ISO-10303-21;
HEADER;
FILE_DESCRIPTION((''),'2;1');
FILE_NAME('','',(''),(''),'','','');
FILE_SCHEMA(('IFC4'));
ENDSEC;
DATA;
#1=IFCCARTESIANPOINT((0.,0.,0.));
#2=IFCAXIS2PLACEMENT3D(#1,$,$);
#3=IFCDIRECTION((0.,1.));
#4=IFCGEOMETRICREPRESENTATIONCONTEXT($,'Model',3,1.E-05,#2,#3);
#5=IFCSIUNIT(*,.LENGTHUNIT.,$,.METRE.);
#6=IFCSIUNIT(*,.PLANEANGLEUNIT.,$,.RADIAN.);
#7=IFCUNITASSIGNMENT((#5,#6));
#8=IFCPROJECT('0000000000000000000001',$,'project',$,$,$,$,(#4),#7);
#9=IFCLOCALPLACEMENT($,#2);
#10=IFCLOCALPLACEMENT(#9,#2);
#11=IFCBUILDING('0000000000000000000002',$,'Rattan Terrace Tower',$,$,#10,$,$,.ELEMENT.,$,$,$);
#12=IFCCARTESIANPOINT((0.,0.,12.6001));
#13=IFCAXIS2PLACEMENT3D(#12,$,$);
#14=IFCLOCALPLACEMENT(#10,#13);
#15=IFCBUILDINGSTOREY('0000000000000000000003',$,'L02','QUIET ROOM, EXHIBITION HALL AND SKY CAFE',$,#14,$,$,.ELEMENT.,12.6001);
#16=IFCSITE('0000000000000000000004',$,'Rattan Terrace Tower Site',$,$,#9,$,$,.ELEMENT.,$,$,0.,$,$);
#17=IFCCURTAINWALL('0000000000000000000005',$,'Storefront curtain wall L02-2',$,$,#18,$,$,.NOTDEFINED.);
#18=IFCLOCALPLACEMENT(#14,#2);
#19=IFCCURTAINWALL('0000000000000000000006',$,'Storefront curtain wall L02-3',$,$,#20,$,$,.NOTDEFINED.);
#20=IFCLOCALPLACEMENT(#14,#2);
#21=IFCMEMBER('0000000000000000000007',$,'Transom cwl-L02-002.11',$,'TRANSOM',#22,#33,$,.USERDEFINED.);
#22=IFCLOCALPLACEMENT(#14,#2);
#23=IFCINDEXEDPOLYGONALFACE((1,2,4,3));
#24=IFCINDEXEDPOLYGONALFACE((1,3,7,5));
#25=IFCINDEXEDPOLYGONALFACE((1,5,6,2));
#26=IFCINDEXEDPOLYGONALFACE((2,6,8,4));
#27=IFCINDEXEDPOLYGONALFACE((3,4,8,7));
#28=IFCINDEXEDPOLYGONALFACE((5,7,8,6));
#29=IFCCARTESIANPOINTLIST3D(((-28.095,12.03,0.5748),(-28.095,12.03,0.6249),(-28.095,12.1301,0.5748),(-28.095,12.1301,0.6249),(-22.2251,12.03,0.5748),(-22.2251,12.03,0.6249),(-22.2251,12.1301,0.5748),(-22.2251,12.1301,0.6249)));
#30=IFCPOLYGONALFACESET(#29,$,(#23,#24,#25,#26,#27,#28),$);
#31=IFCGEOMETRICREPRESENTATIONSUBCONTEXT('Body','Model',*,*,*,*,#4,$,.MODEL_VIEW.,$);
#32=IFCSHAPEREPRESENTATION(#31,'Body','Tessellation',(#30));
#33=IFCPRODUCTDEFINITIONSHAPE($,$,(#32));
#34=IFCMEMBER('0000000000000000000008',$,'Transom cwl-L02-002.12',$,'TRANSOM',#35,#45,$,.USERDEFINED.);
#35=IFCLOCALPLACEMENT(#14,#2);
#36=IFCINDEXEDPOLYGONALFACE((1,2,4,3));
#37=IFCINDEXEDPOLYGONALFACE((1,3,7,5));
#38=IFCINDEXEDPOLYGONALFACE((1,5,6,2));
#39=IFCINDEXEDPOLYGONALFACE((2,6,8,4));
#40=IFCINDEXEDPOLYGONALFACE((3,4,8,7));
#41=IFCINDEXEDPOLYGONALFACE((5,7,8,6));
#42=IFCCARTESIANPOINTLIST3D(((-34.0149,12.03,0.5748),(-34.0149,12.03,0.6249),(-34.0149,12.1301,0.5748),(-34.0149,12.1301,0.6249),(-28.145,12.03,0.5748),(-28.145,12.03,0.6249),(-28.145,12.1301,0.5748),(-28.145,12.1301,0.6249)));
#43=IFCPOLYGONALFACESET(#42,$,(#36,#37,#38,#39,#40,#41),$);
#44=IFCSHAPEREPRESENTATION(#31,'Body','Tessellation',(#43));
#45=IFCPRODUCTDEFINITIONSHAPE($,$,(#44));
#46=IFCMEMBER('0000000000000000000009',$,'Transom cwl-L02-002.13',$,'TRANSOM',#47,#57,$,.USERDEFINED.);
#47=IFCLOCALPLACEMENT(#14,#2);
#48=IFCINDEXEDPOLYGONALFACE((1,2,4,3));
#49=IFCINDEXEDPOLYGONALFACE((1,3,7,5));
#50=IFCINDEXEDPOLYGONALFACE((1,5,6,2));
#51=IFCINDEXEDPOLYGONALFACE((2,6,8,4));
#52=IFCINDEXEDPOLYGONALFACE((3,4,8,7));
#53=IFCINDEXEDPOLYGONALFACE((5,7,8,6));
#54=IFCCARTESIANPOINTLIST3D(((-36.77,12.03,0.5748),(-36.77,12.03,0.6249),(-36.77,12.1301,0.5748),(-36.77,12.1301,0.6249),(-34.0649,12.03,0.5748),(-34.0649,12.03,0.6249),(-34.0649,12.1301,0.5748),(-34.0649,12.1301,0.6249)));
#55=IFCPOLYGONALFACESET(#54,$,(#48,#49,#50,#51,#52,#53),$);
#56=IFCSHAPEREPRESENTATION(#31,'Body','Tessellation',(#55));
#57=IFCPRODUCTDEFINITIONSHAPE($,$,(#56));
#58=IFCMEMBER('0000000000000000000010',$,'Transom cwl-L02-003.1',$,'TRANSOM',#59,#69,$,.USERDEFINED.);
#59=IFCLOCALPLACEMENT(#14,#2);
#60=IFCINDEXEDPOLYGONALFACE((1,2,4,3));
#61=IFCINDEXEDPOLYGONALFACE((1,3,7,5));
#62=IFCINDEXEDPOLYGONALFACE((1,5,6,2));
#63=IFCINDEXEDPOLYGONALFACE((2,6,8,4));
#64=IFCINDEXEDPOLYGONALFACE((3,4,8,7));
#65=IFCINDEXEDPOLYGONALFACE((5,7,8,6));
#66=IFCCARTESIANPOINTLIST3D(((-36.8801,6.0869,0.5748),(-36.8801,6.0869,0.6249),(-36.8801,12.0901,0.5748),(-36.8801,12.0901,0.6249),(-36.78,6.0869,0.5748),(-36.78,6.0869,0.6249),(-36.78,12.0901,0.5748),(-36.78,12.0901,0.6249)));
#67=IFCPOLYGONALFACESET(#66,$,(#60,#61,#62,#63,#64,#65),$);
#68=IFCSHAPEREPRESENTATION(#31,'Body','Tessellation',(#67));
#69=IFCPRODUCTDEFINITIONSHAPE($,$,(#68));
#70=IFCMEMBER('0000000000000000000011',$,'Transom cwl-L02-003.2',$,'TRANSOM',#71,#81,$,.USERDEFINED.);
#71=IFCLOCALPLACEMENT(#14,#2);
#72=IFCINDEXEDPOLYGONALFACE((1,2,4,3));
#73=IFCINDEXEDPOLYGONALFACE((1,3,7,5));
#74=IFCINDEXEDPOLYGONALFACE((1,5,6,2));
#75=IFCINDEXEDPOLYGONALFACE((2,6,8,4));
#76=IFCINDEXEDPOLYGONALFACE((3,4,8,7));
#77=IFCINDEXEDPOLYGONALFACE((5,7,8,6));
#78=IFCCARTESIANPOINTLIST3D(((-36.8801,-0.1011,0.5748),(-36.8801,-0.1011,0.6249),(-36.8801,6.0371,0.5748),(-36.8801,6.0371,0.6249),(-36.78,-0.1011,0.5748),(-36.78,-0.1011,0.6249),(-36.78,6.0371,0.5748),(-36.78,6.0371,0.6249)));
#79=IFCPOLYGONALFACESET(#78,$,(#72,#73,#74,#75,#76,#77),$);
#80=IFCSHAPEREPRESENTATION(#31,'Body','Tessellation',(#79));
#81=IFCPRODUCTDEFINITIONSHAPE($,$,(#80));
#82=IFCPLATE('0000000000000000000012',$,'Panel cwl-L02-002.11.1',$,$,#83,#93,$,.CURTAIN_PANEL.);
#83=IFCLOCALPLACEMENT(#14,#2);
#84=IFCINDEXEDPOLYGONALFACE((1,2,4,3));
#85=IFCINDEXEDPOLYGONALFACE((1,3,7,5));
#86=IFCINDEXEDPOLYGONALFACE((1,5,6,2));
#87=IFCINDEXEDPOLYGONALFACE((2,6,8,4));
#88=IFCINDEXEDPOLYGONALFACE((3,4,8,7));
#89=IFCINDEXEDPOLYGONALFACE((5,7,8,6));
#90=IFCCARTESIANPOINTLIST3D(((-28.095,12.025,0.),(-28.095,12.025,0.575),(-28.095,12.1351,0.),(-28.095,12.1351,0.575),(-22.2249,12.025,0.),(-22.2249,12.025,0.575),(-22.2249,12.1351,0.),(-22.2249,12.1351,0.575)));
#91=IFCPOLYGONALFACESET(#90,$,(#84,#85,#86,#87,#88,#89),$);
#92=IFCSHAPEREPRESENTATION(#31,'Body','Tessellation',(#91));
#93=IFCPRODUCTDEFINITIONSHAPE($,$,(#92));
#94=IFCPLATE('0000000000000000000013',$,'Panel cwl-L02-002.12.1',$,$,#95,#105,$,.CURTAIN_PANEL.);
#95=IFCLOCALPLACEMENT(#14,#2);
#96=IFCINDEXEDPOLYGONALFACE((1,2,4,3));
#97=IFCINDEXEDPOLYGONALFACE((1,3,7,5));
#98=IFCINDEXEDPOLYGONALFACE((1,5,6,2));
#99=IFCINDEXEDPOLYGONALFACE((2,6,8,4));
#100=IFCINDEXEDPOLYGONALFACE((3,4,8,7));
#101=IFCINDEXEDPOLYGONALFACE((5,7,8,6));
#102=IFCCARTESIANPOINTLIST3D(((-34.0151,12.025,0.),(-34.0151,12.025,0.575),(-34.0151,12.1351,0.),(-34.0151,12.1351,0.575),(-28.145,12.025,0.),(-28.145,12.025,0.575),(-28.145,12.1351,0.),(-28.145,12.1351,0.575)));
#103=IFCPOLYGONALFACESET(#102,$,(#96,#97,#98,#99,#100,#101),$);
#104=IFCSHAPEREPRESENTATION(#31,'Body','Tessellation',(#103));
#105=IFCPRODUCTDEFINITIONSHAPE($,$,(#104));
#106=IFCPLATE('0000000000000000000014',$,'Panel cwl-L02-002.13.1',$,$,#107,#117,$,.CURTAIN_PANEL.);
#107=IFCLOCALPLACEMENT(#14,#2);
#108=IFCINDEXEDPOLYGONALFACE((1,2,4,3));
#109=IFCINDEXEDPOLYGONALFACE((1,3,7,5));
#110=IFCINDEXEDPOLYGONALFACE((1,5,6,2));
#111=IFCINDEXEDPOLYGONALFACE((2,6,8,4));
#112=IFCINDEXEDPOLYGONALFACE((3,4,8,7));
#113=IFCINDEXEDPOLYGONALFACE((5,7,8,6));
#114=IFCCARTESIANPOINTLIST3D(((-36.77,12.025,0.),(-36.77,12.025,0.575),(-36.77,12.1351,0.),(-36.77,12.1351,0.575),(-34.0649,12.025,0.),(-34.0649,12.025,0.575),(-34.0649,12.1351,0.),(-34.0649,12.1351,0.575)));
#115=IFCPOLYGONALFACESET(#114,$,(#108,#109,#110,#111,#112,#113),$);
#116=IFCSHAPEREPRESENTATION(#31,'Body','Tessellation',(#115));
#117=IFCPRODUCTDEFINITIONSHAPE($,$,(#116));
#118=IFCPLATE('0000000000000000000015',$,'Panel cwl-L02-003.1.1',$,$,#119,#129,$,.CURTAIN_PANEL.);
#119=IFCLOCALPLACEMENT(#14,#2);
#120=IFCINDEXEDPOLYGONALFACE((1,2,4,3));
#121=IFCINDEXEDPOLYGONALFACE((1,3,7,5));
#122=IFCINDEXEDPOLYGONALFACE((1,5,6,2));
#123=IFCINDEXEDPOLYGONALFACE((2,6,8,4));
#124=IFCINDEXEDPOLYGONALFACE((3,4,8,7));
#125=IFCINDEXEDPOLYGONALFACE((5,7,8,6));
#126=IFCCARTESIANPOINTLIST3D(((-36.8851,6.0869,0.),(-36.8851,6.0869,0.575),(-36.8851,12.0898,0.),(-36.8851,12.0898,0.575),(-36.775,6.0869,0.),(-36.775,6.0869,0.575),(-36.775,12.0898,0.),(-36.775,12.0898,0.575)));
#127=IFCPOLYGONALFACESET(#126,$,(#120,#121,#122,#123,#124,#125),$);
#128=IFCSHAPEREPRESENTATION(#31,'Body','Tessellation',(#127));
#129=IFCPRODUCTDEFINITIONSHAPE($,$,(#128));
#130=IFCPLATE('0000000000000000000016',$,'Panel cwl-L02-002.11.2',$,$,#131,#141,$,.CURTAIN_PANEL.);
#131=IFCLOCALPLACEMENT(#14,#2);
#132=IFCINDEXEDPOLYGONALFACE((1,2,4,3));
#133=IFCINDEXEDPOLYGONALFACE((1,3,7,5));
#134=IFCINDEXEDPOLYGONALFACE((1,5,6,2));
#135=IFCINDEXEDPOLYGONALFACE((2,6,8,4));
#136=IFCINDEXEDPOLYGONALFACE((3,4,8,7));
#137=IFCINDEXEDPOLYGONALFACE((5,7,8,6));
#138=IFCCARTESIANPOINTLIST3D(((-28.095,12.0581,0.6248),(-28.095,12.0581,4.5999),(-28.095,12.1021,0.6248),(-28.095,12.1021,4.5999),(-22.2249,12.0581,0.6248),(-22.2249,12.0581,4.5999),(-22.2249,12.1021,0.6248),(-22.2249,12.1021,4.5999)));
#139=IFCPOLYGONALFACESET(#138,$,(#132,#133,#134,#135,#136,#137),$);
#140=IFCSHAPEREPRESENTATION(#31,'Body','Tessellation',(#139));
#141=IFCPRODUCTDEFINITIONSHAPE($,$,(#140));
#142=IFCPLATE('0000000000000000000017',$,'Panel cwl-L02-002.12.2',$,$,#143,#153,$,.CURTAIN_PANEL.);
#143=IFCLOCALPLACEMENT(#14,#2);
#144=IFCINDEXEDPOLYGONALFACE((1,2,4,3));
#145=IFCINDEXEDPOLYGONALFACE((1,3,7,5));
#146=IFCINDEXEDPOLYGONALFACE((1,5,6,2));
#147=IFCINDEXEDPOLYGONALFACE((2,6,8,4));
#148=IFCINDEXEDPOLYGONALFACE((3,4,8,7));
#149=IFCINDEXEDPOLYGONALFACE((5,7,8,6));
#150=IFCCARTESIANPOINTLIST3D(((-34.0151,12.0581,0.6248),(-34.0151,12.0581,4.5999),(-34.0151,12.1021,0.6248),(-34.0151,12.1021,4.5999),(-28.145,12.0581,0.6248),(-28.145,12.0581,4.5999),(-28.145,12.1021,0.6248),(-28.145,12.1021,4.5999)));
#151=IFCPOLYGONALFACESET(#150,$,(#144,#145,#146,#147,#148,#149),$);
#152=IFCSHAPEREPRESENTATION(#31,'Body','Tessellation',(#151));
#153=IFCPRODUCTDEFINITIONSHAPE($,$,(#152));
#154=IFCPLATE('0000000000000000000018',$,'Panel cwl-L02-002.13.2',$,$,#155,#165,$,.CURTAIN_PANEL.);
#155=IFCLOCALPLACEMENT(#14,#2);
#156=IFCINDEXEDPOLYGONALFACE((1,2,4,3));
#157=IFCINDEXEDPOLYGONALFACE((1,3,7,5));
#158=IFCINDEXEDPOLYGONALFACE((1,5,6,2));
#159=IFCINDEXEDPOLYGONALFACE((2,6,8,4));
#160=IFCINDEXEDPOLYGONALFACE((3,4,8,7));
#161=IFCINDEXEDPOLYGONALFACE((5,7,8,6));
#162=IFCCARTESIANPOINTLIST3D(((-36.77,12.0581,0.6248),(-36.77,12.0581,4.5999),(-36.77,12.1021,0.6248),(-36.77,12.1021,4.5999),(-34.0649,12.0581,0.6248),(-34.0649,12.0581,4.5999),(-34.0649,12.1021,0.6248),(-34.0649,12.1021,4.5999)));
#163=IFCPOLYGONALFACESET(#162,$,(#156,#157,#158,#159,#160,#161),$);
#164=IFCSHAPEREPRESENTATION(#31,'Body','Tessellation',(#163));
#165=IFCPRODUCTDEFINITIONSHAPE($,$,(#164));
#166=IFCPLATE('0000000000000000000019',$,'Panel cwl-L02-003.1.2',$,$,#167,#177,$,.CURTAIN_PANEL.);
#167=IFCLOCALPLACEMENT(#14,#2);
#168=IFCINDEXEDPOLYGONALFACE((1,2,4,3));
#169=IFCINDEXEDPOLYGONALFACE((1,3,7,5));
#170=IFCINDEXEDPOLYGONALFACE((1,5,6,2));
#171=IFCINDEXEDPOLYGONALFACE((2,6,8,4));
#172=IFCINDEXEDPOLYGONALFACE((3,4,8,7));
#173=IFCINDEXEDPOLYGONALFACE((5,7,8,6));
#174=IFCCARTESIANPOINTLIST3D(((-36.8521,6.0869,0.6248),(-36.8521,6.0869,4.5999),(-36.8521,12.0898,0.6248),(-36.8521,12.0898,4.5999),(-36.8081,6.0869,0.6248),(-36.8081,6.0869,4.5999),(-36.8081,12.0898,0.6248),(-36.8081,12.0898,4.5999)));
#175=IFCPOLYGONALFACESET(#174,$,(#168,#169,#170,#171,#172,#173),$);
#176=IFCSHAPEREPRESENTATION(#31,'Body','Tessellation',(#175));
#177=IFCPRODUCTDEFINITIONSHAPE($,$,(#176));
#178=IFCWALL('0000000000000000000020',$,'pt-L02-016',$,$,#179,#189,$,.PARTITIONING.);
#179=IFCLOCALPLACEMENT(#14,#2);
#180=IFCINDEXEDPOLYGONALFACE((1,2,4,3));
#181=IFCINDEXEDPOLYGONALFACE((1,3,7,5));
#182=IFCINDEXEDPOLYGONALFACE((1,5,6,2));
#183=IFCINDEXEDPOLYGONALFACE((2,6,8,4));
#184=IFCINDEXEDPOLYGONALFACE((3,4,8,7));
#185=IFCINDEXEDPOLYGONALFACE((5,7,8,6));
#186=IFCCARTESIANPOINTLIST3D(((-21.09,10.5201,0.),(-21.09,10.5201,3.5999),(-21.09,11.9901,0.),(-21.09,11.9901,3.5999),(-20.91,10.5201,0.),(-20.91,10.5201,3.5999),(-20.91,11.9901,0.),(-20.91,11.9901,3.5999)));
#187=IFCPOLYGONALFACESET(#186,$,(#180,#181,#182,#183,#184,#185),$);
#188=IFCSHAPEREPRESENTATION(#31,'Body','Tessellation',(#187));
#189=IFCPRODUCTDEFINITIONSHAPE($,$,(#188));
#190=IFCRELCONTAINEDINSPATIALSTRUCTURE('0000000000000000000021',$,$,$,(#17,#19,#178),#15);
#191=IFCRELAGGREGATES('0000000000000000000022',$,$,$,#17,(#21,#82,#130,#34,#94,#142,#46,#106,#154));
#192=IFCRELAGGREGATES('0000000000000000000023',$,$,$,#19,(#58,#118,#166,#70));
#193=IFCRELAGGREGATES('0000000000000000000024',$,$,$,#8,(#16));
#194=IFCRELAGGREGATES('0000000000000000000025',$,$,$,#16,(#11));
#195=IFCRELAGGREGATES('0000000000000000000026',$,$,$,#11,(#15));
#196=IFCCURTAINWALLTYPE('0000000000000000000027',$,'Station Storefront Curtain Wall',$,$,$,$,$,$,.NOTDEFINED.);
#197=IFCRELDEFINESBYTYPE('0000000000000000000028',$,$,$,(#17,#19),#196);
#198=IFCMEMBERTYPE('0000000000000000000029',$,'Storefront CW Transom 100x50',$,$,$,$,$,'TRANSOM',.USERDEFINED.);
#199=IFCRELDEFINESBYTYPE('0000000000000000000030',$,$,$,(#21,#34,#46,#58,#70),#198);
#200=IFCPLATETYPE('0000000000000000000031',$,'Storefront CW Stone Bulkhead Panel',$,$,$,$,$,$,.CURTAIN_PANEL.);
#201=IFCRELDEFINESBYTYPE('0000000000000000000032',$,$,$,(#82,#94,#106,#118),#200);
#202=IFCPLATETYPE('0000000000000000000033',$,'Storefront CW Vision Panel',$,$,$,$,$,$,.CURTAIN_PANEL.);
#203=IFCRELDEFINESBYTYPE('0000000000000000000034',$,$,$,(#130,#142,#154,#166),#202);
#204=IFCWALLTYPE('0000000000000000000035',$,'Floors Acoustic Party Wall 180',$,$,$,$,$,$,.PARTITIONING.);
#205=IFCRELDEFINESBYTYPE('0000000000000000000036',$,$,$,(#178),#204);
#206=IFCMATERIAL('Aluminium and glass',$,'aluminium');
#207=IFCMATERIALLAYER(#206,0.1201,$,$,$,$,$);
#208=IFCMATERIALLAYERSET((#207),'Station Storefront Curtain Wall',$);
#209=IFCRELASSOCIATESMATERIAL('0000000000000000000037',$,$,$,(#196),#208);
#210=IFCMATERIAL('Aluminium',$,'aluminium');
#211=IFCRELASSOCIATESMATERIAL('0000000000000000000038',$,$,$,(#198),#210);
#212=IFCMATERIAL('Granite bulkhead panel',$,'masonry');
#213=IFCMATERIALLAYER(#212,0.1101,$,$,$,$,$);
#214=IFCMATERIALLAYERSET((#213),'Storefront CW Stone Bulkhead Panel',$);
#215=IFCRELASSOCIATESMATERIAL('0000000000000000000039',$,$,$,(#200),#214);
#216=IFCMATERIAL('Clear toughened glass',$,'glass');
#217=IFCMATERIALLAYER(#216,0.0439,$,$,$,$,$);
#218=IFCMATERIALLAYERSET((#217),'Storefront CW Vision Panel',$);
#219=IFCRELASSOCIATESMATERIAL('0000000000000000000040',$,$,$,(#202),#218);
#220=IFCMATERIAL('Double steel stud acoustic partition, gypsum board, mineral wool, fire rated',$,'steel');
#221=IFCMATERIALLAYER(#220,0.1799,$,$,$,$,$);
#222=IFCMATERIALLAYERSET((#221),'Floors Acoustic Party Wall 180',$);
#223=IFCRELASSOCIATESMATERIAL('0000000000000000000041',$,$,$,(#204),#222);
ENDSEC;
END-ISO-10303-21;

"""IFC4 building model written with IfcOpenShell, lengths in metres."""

from ifc_helpers import new_model, si_unit, direction, frame, frame_2d, origin, origin_2d, place, context, subcontext, project, spatial, rectangle, extrude, material, layer, layer_set, material_profile, profile_set, type_object, element, aggregate, save


model = new_model("IFC4")

# Units and contexts
model_context = context("Model", 3, precision=1e-05, world=origin(), true_north=direction((0.0, 1.0)))
body_context = subcontext(model_context, "Body", "Model", "MODEL_VIEW")
ifc_project = project(units=[si_unit("LENGTHUNIT", "METRE"), si_unit("PLANEANGLEUNIT", "RADIAN")], contexts=[model_context])

# Site, building, storey
site_placement = place(None, origin())
site = spatial("IfcSite", under=ifc_project, at=site_placement, Name="Rattan Terrace Tower Site", CompositionType="ELEMENT", RefElevation=0.0)
building_placement = place(site_placement, origin())
building = spatial("IfcBuilding", under=site, at=building_placement, Name="Rattan Terrace Tower", CompositionType="ELEMENT")
storey_placement = place(building_placement, frame((0.0, 0.0, 12.6001)))
storey = spatial("IfcBuildingStorey", under=building, at=storey_placement, Name="L02", Description="QUIET ROOM, EXHIBITION HALL AND SKY CAFE", CompositionType="ELEMENT", Elevation=12.6001)

# Curtain walls
ifc_material_1 = material(Name="Aluminium and glass", Category="aluminium")
ifc_layer_1 = layer(ifc_material_1, 0.1201)
ifc_layer_set_1 = layer_set([ifc_layer_1], Name="Station Storefront Curtain Wall")
curtain_wall_type = type_object("IfcCurtainWallType", Name="Station Storefront Curtain Wall", PredefinedType="NOTDEFINED", material=ifc_layer_set_1)
curtain_wall_1_placement = place(storey_placement, origin())
curtain_wall_1 = element("IfcCurtainWall", 1, at=curtain_wall_1_placement, inside=storey, type_object=curtain_wall_type, Name="Storefront curtain wall L02-2", PredefinedType="NOTDEFINED")
curtain_wall_2_placement = place(storey_placement, origin())
curtain_wall_2 = element("IfcCurtainWall", 2, at=curtain_wall_2_placement, inside=storey, type_object=curtain_wall_type, Name="Storefront curtain wall L02-3", PredefinedType="NOTDEFINED")

# Members
ifc_material_2 = material(Name="Aluminium", Category="aluminium")
ifc_material_profile_1 = material_profile(ifc_material_2, rectangle(XDim=0.1001, YDim=0.05, at=origin_2d()), Name="Aluminium 100x50")
ifc_profile_set_1 = profile_set([ifc_material_profile_1], Name="Aluminium")
member_type_1 = type_object("IfcMemberType", Name="Storefront CW Transom 100x50", ElementType="TRANSOM", PredefinedType="USERDEFINED", material=ifc_profile_set_1)
member_1_placement = place(storey_placement, frame((-22.2251, 12.0801, 0.5999), z_axis=(-1.0, 0.0, 0.0), x_axis=(0.0, -1.0, 0.0)))
member_1 = element("IfcMember", 3, at=member_1_placement, type_object=member_type_1, Name="Transom cwl-L02-002.11", ObjectType="TRANSOM", PredefinedType="USERDEFINED", context=body_context, shape_type="SweptSolid", body=[
    extrude(rectangle(XDim=0.1001, YDim=0.05, at=origin_2d()), origin(), (0.0, 0.0, 1.0), 5.8699),
])
member_2_placement = place(storey_placement, frame((-28.145, 12.0801, 0.5999), z_axis=(-1.0, 0.0, 0.0), x_axis=(0.0, -1.0, 0.0)))
member_2 = element("IfcMember", 4, at=member_2_placement, type_object=member_type_1, Name="Transom cwl-L02-002.12", ObjectType="TRANSOM", PredefinedType="USERDEFINED", context=body_context, shape_type="SweptSolid", body=[
    extrude(rectangle(XDim=0.1001, YDim=0.05, at=origin_2d()), origin(), (0.0, 0.0, 1.0), 5.8699),
])
member_3_placement = place(storey_placement, frame((-34.0649, 12.0801, 0.5999), z_axis=(-1.0, 0.0, 0.0), x_axis=(0.0, -1.0, 0.0)))
member_3 = element("IfcMember", 5, at=member_3_placement, type_object=member_type_1, Name="Transom cwl-L02-002.13", ObjectType="TRANSOM", PredefinedType="USERDEFINED", context=body_context, shape_type="SweptSolid", body=[
    extrude(rectangle(XDim=0.1001, YDim=0.05, at=origin_2d()), origin(), (0.0, 0.0, 1.0), 2.7051),
])
member_4_placement = place(storey_placement, frame((-36.8301, 12.0901, 0.5999), z_axis=(0.0, -1.0, 0.0), x_axis=(1.0, 0.0, 0.0)))
member_4 = element("IfcMember", 6, at=member_4_placement, type_object=member_type_1, Name="Transom cwl-L02-003.1", ObjectType="TRANSOM", PredefinedType="USERDEFINED", context=body_context, shape_type="SweptSolid", body=[
    extrude(rectangle(XDim=0.1001, YDim=0.05, at=origin_2d()), origin(), (0.0, 0.0, 1.0), 6.0032),
])
member_5_placement = place(storey_placement, frame((-36.8301, 6.0371, 0.5999), z_axis=(0.0, -1.0, 0.0), x_axis=(1.0, 0.0, 0.0)))
member_5 = element("IfcMember", 7, at=member_5_placement, type_object=member_type_1, Name="Transom cwl-L02-003.2", ObjectType="TRANSOM", PredefinedType="USERDEFINED", context=body_context, shape_type="SweptSolid", body=[
    extrude(rectangle(XDim=0.1001, YDim=0.05, at=origin_2d()), origin(), (0.0, 0.0, 1.0), 6.1382),
])

# Plates
ifc_material_3 = material(Name="Granite bulkhead panel", Category="masonry")
ifc_layer_2 = layer(ifc_material_3, 0.1101)
ifc_layer_set_2 = layer_set([ifc_layer_2], Name="Storefront CW Stone Bulkhead Panel")
plate_type_1 = type_object("IfcPlateType", Name="Storefront CW Stone Bulkhead Panel", PredefinedType="CURTAIN_PANEL", material=ifc_layer_set_2)
plate_1_placement = place(storey_placement, frame((-25.1599, 12.0801, 0.0), z_axis=(0.0, 0.0, 1.0), x_axis=(-1.0, 0.0, 0.0)))
plate_1 = element("IfcPlate", 8, at=plate_1_placement, type_object=plate_type_1, Name="Panel cwl-L02-002.11.1", PredefinedType="CURTAIN_PANEL", context=body_context, shape_type="SweptSolid", body=[
    extrude(rectangle(XDim=5.8701, YDim=0.1101, at=origin_2d()), origin(), (0.0, 0.0, 1.0), 0.575),
])
plate_2_placement = place(storey_placement, frame((-31.0801, 12.0801, 0.0), z_axis=(0.0, 0.0, 1.0), x_axis=(-1.0, 0.0, 0.0)))
plate_2 = element("IfcPlate", 9, at=plate_2_placement, type_object=plate_type_1, Name="Panel cwl-L02-002.12.1", PredefinedType="CURTAIN_PANEL", context=body_context, shape_type="SweptSolid", body=[
    extrude(rectangle(XDim=5.8701, YDim=0.1101, at=origin_2d()), origin(), (0.0, 0.0, 1.0), 0.575),
])
plate_3_placement = place(storey_placement, frame((-35.4175, 12.0801, 0.0), z_axis=(0.0, 0.0, 1.0), x_axis=(-1.0, 0.0, 0.0)))
plate_3 = element("IfcPlate", 10, at=plate_3_placement, type_object=plate_type_1, Name="Panel cwl-L02-002.13.1", PredefinedType="CURTAIN_PANEL", context=body_context, shape_type="SweptSolid", body=[
    extrude(rectangle(XDim=2.7051, YDim=0.1101, at=origin_2d()), origin(), (0.0, 0.0, 1.0), 0.575),
])
plate_4_placement = place(storey_placement, frame((-36.8301, 9.0884, 0.0), z_axis=(0.0, 0.0, 1.0), x_axis=(0.0, -1.0, 0.0)))
plate_4 = element("IfcPlate", 11, at=plate_4_placement, type_object=plate_type_1, Name="Panel cwl-L02-003.1.1", PredefinedType="CURTAIN_PANEL", context=body_context, shape_type="SweptSolid", body=[
    extrude(rectangle(XDim=6.0029, YDim=0.1101, at=origin_2d()), origin(), (0.0, 0.0, 1.0), 0.575),
])
ifc_material_4 = material(Name="Clear toughened glass", Category="glass")
ifc_layer_3 = layer(ifc_material_4, 0.0439)
ifc_layer_set_3 = layer_set([ifc_layer_3], Name="Storefront CW Vision Panel")
plate_type_2 = type_object("IfcPlateType", Name="Storefront CW Vision Panel", PredefinedType="CURTAIN_PANEL", material=ifc_layer_set_3)
plate_5_placement = place(storey_placement, frame((-25.1599, 12.0801, 0.6248), z_axis=(0.0, 0.0, 1.0), x_axis=(-1.0, 0.0, 0.0)))
plate_5 = element("IfcPlate", 12, at=plate_5_placement, type_object=plate_type_2, Name="Panel cwl-L02-002.11.2", PredefinedType="CURTAIN_PANEL", context=body_context, shape_type="SweptSolid", body=[
    extrude(rectangle(XDim=5.8701, YDim=0.0439, at=origin_2d()), origin(), (0.0, 0.0, 1.0), 3.9751),
])
plate_6_placement = place(storey_placement, frame((-31.0801, 12.0801, 0.6248), z_axis=(0.0, 0.0, 1.0), x_axis=(-1.0, 0.0, 0.0)))
plate_6 = element("IfcPlate", 13, at=plate_6_placement, type_object=plate_type_2, Name="Panel cwl-L02-002.12.2", PredefinedType="CURTAIN_PANEL", context=body_context, shape_type="SweptSolid", body=[
    extrude(rectangle(XDim=5.8701, YDim=0.0439, at=origin_2d()), origin(), (0.0, 0.0, 1.0), 3.9751),
])
plate_7_placement = place(storey_placement, frame((-35.4175, 12.0801, 0.6248), z_axis=(0.0, 0.0, 1.0), x_axis=(-1.0, 0.0, 0.0)))
plate_7 = element("IfcPlate", 14, at=plate_7_placement, type_object=plate_type_2, Name="Panel cwl-L02-002.13.2", PredefinedType="CURTAIN_PANEL", context=body_context, shape_type="SweptSolid", body=[
    extrude(rectangle(XDim=2.7051, YDim=0.0439, at=origin_2d()), origin(), (0.0, 0.0, 1.0), 3.9751),
])
aggregate(curtain_wall_1, [member_1, plate_1, plate_5, member_2, plate_2, plate_6, member_3, plate_3, plate_7])
plate_8_placement = place(storey_placement, frame((-36.8301, 9.0884, 0.6248), z_axis=(0.0, 0.0, 1.0), x_axis=(0.0, -1.0, 0.0)))
plate_8 = element("IfcPlate", 15, at=plate_8_placement, type_object=plate_type_2, Name="Panel cwl-L02-003.1.2", PredefinedType="CURTAIN_PANEL", context=body_context, shape_type="SweptSolid", body=[
    extrude(rectangle(XDim=6.0029, YDim=0.0439, at=origin_2d()), origin(), (0.0, 0.0, 1.0), 3.9751),
])
aggregate(curtain_wall_2, [member_4, plate_4, plate_8, member_5])

# Wall
ifc_material_5 = material(Name="Double steel stud acoustic partition, gypsum board, mineral wool, fire rated", Category="steel")
ifc_layer_4 = layer(ifc_material_5, 0.1799)
ifc_layer_set_4 = layer_set([ifc_layer_4], Name="Floors Acoustic Party Wall 180")
wall_type_1 = type_object("IfcWallType", Name="Floors Acoustic Party Wall 180", PredefinedType="PARTITIONING", material=ifc_layer_set_4)
wall_1_placement = place(storey_placement, frame((-21.0, 11.99, 0.0), z_axis=(0.0, 0.0, 1.0), x_axis=(0.0, -1.0, 0.0)))
element("IfcWall", 16, at=wall_1_placement, inside=storey, type_object=wall_type_1, Name="pt-L02-016", PredefinedType="PARTITIONING", context=body_context, shape_type="SweptSolid", body=[
    extrude(rectangle(XDim=1.47, YDim=0.1799, at=frame_2d((0.7349, 0.0))), origin(), (0.0, 0.0, 1.0), 3.5999),
])

save(model, "model.ifc")
